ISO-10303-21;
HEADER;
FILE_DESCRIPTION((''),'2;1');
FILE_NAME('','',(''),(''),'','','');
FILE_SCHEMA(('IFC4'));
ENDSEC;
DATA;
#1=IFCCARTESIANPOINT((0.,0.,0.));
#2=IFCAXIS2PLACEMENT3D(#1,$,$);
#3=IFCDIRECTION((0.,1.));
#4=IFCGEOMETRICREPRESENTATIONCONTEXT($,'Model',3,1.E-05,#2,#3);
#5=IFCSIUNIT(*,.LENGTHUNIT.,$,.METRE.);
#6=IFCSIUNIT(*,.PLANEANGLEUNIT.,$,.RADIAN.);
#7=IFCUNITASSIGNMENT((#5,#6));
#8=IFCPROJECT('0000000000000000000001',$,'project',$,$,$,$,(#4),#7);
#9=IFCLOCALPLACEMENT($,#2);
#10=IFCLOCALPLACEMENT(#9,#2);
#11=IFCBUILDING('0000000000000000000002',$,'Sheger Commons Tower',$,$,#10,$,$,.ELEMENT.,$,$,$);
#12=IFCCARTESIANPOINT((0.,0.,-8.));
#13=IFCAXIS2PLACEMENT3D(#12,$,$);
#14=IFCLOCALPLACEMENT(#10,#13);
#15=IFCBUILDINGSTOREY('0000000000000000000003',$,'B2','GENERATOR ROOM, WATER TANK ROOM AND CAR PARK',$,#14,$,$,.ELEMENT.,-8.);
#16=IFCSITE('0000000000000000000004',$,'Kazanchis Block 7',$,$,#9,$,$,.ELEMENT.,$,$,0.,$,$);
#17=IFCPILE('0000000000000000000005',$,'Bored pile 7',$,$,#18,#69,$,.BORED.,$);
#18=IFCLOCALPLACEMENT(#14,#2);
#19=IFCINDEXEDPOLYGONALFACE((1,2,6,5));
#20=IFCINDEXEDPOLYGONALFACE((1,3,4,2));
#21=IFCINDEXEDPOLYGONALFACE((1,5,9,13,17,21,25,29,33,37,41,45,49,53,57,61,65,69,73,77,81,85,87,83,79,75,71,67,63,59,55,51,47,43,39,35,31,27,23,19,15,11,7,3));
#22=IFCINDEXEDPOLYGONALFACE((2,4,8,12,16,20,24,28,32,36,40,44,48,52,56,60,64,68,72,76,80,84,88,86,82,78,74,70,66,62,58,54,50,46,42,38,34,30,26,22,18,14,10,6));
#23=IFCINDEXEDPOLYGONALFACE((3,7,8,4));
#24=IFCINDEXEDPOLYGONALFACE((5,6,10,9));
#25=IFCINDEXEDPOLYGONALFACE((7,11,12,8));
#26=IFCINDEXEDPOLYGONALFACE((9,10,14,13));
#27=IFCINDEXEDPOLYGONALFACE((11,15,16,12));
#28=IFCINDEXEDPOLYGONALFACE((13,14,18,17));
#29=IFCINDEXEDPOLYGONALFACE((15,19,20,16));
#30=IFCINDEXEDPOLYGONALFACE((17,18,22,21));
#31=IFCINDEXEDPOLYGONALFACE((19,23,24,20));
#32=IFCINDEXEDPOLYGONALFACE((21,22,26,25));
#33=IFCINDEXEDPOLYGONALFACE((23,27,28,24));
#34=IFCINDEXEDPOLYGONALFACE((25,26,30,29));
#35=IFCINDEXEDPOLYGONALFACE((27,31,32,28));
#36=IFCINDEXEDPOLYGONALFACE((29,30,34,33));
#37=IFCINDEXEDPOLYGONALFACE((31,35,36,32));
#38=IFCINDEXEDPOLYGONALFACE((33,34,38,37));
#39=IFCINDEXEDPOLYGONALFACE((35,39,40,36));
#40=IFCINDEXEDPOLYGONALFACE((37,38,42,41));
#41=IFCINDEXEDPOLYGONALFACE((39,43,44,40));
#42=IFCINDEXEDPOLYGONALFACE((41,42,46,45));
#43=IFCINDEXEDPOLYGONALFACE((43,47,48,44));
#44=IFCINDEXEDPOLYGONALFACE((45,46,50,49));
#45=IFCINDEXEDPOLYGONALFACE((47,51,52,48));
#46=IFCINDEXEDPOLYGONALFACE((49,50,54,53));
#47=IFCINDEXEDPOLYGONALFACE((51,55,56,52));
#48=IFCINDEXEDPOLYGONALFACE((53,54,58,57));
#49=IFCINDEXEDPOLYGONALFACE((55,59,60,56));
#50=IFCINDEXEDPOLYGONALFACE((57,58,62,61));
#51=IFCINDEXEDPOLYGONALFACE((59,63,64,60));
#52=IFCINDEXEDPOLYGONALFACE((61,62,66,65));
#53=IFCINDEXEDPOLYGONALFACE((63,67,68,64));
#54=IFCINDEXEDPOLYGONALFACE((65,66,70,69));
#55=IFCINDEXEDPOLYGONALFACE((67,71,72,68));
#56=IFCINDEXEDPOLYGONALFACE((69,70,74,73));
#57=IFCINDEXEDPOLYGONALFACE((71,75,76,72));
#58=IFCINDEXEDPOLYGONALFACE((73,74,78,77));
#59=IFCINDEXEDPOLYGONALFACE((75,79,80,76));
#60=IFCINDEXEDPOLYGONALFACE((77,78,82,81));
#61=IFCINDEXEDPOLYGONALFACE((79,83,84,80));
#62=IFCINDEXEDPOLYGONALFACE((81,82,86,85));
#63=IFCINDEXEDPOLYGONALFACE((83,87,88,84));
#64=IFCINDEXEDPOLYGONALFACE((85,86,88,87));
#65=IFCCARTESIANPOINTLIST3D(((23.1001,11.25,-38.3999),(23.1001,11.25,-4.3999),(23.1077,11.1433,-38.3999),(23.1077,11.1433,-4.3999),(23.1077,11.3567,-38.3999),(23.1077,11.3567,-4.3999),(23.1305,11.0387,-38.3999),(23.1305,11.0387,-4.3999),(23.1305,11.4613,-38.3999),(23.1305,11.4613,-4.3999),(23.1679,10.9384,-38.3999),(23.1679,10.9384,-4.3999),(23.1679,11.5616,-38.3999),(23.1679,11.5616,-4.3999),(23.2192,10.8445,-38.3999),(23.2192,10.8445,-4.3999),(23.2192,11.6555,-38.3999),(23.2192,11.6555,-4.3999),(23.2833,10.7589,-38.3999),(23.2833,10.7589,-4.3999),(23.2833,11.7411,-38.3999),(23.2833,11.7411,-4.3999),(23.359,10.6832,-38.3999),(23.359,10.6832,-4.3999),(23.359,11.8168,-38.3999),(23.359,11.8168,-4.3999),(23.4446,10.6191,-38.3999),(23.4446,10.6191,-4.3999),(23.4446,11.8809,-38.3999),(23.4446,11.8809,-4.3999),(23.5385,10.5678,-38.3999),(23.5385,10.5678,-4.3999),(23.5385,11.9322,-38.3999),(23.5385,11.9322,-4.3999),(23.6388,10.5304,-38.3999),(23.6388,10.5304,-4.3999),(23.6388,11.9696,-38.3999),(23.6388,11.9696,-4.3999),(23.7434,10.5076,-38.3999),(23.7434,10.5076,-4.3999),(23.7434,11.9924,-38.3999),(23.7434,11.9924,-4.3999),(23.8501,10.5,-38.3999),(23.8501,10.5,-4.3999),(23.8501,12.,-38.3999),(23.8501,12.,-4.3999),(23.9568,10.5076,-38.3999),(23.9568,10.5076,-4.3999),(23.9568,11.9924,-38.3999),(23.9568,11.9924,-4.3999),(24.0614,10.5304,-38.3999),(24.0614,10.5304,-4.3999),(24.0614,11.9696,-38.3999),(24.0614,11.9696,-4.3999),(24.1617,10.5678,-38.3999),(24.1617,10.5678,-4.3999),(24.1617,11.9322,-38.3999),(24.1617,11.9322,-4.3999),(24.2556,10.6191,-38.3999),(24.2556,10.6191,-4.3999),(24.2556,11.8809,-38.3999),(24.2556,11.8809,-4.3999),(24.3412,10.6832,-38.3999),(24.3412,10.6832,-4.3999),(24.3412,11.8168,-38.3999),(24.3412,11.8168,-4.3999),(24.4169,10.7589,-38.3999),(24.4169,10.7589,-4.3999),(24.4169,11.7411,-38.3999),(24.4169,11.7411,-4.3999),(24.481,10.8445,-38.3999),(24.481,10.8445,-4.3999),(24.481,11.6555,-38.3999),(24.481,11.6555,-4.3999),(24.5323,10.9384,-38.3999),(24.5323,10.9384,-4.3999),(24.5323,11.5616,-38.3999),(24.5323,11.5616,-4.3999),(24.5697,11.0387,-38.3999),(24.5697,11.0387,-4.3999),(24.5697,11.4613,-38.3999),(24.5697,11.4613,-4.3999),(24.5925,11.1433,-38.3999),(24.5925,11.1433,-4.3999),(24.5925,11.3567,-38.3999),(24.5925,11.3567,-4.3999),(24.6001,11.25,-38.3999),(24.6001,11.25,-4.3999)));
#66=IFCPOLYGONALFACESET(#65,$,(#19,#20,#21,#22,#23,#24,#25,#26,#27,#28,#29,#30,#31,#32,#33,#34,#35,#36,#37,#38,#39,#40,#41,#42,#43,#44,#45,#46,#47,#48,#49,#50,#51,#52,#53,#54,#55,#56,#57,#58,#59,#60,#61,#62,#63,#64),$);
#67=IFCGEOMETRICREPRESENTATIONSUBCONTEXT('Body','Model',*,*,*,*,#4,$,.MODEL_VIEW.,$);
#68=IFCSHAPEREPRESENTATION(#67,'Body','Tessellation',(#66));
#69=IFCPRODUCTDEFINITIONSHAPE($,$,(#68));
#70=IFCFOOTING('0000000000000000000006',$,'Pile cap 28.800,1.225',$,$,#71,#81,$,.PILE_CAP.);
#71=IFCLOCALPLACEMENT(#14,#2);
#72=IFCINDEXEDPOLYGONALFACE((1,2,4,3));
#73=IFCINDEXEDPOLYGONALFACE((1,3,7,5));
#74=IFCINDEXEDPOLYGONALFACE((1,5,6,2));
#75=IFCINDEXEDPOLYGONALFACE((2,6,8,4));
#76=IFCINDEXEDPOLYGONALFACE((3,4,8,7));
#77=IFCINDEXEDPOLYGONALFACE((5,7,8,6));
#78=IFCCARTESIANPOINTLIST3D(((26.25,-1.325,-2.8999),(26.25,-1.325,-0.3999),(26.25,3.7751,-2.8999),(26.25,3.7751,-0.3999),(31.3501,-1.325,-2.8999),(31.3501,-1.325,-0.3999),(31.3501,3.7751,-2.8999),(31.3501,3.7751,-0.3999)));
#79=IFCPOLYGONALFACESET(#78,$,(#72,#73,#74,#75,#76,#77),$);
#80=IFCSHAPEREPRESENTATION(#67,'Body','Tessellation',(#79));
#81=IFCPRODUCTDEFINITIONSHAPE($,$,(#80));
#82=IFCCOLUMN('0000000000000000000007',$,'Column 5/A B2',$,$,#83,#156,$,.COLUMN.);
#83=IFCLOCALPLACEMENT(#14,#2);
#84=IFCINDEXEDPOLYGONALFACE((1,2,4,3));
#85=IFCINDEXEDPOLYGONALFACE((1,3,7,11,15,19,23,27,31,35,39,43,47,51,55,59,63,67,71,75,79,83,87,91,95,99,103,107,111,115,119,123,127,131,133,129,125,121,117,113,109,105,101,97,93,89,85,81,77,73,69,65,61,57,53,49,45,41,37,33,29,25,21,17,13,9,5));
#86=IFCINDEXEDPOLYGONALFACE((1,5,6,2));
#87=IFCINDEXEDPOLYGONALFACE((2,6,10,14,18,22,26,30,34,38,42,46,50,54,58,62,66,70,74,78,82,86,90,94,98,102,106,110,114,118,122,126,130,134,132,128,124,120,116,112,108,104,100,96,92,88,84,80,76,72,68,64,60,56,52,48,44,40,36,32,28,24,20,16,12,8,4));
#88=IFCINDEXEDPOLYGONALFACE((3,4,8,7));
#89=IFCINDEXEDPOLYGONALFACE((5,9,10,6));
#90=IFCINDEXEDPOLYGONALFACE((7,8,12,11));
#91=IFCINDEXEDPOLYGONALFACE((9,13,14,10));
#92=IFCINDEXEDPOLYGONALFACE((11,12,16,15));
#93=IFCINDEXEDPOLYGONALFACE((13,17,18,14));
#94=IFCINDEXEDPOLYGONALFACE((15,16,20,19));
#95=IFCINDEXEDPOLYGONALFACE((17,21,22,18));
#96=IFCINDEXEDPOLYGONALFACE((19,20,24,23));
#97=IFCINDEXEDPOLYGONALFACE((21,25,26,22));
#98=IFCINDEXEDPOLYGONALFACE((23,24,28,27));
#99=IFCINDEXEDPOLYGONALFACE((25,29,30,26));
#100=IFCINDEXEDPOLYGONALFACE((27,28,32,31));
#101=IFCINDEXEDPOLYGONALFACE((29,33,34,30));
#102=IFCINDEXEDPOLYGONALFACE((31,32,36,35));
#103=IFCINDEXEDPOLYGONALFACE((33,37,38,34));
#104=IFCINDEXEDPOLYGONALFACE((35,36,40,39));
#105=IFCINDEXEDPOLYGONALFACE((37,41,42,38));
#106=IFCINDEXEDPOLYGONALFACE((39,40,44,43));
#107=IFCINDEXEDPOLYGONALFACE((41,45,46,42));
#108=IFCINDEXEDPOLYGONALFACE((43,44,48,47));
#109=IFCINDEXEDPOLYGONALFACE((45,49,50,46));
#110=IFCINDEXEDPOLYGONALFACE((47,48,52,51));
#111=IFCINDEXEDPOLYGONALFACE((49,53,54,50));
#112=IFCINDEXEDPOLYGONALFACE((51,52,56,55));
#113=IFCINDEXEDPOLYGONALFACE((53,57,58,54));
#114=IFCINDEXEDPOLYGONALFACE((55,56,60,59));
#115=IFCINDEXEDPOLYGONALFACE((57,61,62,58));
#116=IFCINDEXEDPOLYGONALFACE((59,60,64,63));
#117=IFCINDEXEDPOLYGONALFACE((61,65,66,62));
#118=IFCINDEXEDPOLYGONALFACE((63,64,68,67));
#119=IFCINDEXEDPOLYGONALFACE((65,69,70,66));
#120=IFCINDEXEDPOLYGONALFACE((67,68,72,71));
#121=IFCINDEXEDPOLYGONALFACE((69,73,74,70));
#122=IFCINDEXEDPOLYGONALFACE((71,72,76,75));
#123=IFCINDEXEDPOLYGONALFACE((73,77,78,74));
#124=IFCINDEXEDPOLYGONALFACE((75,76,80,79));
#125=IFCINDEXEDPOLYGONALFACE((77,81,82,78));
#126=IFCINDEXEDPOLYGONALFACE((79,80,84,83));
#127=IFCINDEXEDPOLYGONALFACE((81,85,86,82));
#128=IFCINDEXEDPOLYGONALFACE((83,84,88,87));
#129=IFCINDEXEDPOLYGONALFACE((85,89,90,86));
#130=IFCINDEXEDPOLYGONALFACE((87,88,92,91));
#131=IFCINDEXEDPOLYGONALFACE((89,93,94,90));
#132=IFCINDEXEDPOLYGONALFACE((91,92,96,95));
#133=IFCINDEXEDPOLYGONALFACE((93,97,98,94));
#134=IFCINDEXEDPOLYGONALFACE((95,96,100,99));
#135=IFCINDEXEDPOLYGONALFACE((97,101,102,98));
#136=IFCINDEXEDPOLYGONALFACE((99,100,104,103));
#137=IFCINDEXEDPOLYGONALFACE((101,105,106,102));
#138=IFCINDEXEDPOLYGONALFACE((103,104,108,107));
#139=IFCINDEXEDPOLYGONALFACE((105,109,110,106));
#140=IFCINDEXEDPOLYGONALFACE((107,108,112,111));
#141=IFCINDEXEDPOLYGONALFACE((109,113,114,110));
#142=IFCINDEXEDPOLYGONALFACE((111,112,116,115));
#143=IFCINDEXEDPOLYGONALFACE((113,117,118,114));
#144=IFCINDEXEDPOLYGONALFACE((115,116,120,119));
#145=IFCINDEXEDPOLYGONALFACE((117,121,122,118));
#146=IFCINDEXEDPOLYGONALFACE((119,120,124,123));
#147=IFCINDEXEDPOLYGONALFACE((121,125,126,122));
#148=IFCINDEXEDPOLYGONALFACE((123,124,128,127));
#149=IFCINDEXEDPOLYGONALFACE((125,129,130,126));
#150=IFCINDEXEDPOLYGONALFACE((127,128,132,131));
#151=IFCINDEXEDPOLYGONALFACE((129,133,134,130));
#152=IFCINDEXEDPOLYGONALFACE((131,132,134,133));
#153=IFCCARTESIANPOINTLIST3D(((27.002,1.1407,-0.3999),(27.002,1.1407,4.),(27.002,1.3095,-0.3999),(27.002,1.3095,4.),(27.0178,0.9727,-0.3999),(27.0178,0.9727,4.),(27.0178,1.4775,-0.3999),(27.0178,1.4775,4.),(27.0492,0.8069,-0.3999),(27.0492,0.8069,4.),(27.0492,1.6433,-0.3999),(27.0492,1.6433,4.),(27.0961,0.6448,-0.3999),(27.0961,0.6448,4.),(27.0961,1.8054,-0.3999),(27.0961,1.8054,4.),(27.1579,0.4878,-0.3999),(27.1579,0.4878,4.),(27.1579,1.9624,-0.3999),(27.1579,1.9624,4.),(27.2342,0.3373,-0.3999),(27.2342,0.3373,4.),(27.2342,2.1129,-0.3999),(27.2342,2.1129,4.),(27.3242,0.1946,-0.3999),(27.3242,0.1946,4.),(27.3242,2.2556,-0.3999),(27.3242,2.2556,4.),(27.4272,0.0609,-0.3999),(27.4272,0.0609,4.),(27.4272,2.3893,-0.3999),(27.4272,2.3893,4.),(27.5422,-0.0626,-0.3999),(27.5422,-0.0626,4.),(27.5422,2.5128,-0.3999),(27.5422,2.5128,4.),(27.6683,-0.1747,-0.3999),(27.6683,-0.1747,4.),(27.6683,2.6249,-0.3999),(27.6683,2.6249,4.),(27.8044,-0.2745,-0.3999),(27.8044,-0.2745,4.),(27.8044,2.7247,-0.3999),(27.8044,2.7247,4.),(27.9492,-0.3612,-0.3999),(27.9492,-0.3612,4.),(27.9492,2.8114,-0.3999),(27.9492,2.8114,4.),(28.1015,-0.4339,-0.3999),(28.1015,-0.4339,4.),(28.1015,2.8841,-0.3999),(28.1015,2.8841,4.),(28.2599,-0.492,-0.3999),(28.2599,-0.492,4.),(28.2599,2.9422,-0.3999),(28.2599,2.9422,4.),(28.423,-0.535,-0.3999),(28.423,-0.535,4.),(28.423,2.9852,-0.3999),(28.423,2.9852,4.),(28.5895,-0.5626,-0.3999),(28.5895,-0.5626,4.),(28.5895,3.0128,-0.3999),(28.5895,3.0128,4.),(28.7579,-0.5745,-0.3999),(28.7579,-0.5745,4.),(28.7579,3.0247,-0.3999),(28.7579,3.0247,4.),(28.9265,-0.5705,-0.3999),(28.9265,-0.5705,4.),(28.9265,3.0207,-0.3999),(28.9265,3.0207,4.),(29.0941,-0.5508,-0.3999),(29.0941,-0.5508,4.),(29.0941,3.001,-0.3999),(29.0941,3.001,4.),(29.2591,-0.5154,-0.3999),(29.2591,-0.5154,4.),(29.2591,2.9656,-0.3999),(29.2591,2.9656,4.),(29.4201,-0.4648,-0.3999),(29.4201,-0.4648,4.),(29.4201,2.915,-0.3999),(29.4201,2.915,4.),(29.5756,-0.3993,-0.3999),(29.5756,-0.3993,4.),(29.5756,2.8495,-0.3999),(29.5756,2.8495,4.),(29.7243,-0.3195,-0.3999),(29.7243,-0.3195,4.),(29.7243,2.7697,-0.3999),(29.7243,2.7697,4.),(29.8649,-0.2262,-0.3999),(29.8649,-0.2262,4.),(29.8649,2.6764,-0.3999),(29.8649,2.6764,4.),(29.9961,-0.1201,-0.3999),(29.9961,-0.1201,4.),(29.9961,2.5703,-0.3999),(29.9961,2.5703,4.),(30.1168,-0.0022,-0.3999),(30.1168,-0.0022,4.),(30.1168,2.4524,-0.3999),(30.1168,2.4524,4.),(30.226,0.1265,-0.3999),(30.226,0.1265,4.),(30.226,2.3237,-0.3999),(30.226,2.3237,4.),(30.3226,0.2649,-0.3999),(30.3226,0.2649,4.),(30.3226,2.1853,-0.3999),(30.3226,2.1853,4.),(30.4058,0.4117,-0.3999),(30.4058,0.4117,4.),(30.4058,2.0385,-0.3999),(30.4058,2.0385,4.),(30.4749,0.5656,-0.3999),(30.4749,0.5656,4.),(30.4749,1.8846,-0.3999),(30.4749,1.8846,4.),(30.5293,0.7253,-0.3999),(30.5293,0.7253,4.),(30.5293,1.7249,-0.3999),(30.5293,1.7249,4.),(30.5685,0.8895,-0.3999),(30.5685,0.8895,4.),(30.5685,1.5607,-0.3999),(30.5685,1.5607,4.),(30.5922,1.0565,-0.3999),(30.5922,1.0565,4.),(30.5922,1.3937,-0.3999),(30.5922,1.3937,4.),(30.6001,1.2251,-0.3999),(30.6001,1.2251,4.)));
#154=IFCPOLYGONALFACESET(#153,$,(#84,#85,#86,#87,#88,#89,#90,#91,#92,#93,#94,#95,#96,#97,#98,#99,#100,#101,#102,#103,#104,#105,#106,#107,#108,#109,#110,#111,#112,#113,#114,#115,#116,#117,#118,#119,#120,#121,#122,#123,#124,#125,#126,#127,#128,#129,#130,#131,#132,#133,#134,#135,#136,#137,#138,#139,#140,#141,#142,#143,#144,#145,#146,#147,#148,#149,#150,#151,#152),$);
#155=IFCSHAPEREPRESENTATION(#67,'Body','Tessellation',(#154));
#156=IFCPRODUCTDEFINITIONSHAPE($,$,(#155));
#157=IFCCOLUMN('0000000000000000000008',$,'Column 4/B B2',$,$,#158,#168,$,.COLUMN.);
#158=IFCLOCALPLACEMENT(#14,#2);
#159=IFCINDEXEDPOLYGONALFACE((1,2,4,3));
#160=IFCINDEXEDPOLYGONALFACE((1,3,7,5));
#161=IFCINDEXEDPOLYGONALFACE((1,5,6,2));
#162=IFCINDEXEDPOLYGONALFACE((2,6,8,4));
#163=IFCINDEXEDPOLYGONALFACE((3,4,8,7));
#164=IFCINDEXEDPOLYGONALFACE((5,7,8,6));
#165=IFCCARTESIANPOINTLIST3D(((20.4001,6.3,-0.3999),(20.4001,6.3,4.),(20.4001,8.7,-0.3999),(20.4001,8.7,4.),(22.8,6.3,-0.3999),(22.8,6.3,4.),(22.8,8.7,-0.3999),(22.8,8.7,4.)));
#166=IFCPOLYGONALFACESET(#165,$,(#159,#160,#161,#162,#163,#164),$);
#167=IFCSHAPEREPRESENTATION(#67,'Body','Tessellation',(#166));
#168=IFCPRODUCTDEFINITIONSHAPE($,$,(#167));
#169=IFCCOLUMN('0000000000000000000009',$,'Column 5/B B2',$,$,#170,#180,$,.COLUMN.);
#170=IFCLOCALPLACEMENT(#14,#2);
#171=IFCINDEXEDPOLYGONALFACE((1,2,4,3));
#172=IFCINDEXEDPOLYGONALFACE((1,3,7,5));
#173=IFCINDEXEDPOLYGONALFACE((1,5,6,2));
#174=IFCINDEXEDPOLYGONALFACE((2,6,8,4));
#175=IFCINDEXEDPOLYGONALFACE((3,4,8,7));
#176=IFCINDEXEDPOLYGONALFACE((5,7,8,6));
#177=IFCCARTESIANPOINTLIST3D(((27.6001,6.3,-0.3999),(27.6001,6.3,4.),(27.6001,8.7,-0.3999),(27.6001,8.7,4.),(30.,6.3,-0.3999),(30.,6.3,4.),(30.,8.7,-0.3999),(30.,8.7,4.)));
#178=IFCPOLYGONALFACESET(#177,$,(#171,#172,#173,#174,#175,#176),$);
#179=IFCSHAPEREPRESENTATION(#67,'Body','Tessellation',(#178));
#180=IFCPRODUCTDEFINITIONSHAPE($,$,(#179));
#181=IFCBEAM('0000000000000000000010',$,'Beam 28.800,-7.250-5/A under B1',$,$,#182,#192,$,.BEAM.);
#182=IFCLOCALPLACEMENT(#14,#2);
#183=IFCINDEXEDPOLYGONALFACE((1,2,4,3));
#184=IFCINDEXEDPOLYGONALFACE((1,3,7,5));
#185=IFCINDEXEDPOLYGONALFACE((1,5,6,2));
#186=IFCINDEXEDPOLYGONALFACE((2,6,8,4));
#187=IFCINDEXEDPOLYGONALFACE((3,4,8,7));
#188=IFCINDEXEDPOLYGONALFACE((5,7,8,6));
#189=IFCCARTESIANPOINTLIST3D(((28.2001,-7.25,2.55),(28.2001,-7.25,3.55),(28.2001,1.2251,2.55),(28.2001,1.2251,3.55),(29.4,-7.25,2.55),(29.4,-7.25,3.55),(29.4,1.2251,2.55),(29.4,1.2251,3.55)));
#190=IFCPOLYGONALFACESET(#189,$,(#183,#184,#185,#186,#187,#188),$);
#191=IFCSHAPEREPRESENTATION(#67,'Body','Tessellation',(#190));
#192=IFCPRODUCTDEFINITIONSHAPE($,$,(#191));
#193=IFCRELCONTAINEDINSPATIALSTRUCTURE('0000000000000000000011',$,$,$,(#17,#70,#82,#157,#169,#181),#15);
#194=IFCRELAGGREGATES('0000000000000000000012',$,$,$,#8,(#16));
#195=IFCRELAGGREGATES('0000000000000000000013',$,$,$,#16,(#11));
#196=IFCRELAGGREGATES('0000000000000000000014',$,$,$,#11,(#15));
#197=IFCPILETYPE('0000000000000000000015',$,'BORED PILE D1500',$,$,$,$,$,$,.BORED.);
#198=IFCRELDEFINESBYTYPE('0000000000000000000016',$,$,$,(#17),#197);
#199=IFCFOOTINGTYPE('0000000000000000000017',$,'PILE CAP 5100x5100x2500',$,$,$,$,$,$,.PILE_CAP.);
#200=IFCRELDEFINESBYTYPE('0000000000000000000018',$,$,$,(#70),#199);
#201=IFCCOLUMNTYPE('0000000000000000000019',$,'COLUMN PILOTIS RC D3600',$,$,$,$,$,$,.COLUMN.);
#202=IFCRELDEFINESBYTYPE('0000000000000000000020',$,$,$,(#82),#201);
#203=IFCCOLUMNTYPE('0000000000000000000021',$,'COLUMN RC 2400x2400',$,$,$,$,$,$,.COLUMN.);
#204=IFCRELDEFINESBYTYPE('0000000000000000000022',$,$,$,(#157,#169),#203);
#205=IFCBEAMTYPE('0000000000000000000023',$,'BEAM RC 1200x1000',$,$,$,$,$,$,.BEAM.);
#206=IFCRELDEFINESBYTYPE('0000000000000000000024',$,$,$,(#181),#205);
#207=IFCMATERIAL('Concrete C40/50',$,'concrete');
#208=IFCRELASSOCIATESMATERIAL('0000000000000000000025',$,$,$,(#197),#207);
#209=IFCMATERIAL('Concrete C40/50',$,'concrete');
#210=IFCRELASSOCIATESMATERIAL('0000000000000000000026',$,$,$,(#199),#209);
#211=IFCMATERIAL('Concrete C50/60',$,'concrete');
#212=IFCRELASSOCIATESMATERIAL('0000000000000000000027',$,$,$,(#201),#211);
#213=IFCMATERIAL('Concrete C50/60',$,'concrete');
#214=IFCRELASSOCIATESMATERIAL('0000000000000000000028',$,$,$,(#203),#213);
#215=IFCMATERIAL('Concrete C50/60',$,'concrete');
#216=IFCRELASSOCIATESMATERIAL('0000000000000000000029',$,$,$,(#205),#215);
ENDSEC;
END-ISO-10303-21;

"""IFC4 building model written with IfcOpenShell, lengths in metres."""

from ifc_helpers import new_model, si_unit, direction, frame, origin, origin_2d, place, context, subcontext, project, spatial, rectangle, circle, extrude, material, material_profile, profile_set, type_object, element, save


model = new_model("IFC4")

# Units and contexts
model_context = context("Model", 3, precision=1e-05, world=origin(), true_north=direction((0.0, 1.0)))
body_context = subcontext(model_context, "Body", "Model", "MODEL_VIEW")
ifc_project = project(units=[si_unit("LENGTHUNIT", "METRE"), si_unit("PLANEANGLEUNIT", "RADIAN")], contexts=[model_context])

# Site, building, storey
site_placement = place(None, origin())
site = spatial("IfcSite", under=ifc_project, at=site_placement, Name="Kazanchis Block 7", CompositionType="ELEMENT", RefElevation=0.0)
building_placement = place(site_placement, origin())
building = spatial("IfcBuilding", under=site, at=building_placement, Name="Sheger Commons Tower", CompositionType="ELEMENT")
storey_placement = place(building_placement, frame((0.0, 0.0, -8.0)))
storey = spatial("IfcBuildingStorey", under=building, at=storey_placement, Name="B2", Description="GENERATOR ROOM, WATER TANK ROOM AND CAR PARK", CompositionType="ELEMENT", Elevation=-8.0)

# Pile
ifc_material_1 = material(Name="Concrete C40/50", Category="concrete")
ifc_material_profile_1 = material_profile(ifc_material_1, circle(Radius=0.75, at=origin_2d()), Name="PILE D1500")
ifc_profile_set_1 = profile_set([ifc_material_profile_1], Name="Concrete C40/50")
pile_type_1 = type_object("IfcPileType", Name="BORED PILE D1500", PredefinedType="BORED", material=ifc_profile_set_1)
for number, where, z_axis, x_axis, name in (
    (1, (23.8501, 11.25, -4.3999), (0.0, 0.0, -1.0), (1.0, 0.0, 0.0), "Bored pile 7"),
):
    element("IfcPile", number, at=place(storey_placement, frame(where, z_axis=z_axis, x_axis=x_axis)), inside=storey, type_object=pile_type_1, Name=name, PredefinedType="BORED", context=body_context, shape_type="SweptSolid", body=[
        extrude(circle(Radius=0.75, at=origin_2d()), origin(), (0.0, 0.0, 1.0), 34.0),
    ])

# Footing
ifc_material_2 = material(Name="Concrete C40/50", Category="concrete")
footing_type = type_object("IfcFootingType", Name="PILE CAP 5100x5100x2500", PredefinedType="PILE_CAP", material=ifc_material_2)
footing_placement = place(storey_placement, frame((28.8, 1.2251, -2.8999), z_axis=(0.0, 0.0, 1.0), x_axis=(1.0, 0.0, 0.0)))
element("IfcFooting", 2, at=footing_placement, inside=storey, type_object=footing_type, Name="Pile cap 28.800,1.225", PredefinedType="PILE_CAP", context=body_context, shape_type="SweptSolid", body=[
    extrude(rectangle(XDim=5.1001, YDim=5.1001, at=origin_2d()), origin(), (0.0, 0.0, 1.0), 2.5),
])

# Columns
ifc_material_3 = material(Name="Concrete C50/60", Category="concrete")
ifc_material_profile_2 = material_profile(ifc_material_3, circle(Radius=1.8, at=origin_2d()), Name="RC D3600")
ifc_profile_set_2 = profile_set([ifc_material_profile_2], Name="Concrete C50/60")
column_type_1 = type_object("IfcColumnType", Name="COLUMN PILOTIS RC D3600", PredefinedType="COLUMN", material=ifc_profile_set_2)
column_placement = place(storey_placement, frame((28.8, 1.2251, -0.3999), z_axis=(0.0, 0.0, 1.0), x_axis=(1.0, 0.0, 0.0)))
element("IfcColumn", 3, at=column_placement, inside=storey, type_object=column_type_1, Name="Column 5/A B2", PredefinedType="COLUMN", context=body_context, shape_type="SweptSolid", body=[
    extrude(circle(Radius=1.8, at=origin_2d()), origin(), (0.0, 0.0, 1.0), 4.3999),
])
ifc_material_4 = material(Name="Concrete C50/60", Category="concrete")
ifc_material_profile_3 = material_profile(ifc_material_4, rectangle(XDim=2.3999, YDim=2.3999, at=origin_2d()), Name="RC 2400x2400")
ifc_profile_set_3 = profile_set([ifc_material_profile_3], Name="Concrete C50/60")
column_type_2 = type_object("IfcColumnType", Name="COLUMN RC 2400x2400", PredefinedType="COLUMN", material=ifc_profile_set_3)
for number, where, z_axis, x_axis, name in (
    (4, (21.6001, 7.5, -0.3999), (0.0, 0.0, 1.0), (1.0, 0.0, 0.0), "Column 4/B B2"),
    (5, (28.8, 7.5, -0.3999), (0.0, 0.0, 1.0), (1.0, 0.0, 0.0), "Column 5/B B2"),
):
    element("IfcColumn", number, at=place(storey_placement, frame(where, z_axis=z_axis, x_axis=x_axis)), inside=storey, type_object=column_type_2, Name=name, PredefinedType="COLUMN", context=body_context, shape_type="SweptSolid", body=[
        extrude(rectangle(XDim=2.3999, YDim=2.3999, at=origin_2d()), origin(), (0.0, 0.0, 1.0), 4.3999),
    ])

# Beam
ifc_material_5 = material(Name="Concrete C50/60", Category="concrete")
ifc_material_profile_4 = material_profile(ifc_material_5, rectangle(XDim=1.2, YDim=1.0, at=origin_2d()), Name="RC 1200x1000")
ifc_profile_set_4 = profile_set([ifc_material_profile_4], Name="Concrete C50/60")
beam_type = type_object("IfcBeamType", Name="BEAM RC 1200x1000", PredefinedType="BEAM", material=ifc_profile_set_4)
beam_1_placement = place(storey_placement, frame((28.8, -7.25, 3.05), z_axis=(0.0, 1.0, 0.0), x_axis=(-1.0, 0.0, 0.0)))
element("IfcBeam", 6, at=beam_1_placement, inside=storey, type_object=beam_type, Name="Beam 28.800,-7.250-5/A under B1", PredefinedType="BEAM", context=body_context, shape_type="SweptSolid", body=[
    extrude(rectangle(XDim=1.2, YDim=1.0, at=origin_2d()), origin(), (0.0, 0.0, 1.0), 8.4751),
])

save(model, "model.ifc")
